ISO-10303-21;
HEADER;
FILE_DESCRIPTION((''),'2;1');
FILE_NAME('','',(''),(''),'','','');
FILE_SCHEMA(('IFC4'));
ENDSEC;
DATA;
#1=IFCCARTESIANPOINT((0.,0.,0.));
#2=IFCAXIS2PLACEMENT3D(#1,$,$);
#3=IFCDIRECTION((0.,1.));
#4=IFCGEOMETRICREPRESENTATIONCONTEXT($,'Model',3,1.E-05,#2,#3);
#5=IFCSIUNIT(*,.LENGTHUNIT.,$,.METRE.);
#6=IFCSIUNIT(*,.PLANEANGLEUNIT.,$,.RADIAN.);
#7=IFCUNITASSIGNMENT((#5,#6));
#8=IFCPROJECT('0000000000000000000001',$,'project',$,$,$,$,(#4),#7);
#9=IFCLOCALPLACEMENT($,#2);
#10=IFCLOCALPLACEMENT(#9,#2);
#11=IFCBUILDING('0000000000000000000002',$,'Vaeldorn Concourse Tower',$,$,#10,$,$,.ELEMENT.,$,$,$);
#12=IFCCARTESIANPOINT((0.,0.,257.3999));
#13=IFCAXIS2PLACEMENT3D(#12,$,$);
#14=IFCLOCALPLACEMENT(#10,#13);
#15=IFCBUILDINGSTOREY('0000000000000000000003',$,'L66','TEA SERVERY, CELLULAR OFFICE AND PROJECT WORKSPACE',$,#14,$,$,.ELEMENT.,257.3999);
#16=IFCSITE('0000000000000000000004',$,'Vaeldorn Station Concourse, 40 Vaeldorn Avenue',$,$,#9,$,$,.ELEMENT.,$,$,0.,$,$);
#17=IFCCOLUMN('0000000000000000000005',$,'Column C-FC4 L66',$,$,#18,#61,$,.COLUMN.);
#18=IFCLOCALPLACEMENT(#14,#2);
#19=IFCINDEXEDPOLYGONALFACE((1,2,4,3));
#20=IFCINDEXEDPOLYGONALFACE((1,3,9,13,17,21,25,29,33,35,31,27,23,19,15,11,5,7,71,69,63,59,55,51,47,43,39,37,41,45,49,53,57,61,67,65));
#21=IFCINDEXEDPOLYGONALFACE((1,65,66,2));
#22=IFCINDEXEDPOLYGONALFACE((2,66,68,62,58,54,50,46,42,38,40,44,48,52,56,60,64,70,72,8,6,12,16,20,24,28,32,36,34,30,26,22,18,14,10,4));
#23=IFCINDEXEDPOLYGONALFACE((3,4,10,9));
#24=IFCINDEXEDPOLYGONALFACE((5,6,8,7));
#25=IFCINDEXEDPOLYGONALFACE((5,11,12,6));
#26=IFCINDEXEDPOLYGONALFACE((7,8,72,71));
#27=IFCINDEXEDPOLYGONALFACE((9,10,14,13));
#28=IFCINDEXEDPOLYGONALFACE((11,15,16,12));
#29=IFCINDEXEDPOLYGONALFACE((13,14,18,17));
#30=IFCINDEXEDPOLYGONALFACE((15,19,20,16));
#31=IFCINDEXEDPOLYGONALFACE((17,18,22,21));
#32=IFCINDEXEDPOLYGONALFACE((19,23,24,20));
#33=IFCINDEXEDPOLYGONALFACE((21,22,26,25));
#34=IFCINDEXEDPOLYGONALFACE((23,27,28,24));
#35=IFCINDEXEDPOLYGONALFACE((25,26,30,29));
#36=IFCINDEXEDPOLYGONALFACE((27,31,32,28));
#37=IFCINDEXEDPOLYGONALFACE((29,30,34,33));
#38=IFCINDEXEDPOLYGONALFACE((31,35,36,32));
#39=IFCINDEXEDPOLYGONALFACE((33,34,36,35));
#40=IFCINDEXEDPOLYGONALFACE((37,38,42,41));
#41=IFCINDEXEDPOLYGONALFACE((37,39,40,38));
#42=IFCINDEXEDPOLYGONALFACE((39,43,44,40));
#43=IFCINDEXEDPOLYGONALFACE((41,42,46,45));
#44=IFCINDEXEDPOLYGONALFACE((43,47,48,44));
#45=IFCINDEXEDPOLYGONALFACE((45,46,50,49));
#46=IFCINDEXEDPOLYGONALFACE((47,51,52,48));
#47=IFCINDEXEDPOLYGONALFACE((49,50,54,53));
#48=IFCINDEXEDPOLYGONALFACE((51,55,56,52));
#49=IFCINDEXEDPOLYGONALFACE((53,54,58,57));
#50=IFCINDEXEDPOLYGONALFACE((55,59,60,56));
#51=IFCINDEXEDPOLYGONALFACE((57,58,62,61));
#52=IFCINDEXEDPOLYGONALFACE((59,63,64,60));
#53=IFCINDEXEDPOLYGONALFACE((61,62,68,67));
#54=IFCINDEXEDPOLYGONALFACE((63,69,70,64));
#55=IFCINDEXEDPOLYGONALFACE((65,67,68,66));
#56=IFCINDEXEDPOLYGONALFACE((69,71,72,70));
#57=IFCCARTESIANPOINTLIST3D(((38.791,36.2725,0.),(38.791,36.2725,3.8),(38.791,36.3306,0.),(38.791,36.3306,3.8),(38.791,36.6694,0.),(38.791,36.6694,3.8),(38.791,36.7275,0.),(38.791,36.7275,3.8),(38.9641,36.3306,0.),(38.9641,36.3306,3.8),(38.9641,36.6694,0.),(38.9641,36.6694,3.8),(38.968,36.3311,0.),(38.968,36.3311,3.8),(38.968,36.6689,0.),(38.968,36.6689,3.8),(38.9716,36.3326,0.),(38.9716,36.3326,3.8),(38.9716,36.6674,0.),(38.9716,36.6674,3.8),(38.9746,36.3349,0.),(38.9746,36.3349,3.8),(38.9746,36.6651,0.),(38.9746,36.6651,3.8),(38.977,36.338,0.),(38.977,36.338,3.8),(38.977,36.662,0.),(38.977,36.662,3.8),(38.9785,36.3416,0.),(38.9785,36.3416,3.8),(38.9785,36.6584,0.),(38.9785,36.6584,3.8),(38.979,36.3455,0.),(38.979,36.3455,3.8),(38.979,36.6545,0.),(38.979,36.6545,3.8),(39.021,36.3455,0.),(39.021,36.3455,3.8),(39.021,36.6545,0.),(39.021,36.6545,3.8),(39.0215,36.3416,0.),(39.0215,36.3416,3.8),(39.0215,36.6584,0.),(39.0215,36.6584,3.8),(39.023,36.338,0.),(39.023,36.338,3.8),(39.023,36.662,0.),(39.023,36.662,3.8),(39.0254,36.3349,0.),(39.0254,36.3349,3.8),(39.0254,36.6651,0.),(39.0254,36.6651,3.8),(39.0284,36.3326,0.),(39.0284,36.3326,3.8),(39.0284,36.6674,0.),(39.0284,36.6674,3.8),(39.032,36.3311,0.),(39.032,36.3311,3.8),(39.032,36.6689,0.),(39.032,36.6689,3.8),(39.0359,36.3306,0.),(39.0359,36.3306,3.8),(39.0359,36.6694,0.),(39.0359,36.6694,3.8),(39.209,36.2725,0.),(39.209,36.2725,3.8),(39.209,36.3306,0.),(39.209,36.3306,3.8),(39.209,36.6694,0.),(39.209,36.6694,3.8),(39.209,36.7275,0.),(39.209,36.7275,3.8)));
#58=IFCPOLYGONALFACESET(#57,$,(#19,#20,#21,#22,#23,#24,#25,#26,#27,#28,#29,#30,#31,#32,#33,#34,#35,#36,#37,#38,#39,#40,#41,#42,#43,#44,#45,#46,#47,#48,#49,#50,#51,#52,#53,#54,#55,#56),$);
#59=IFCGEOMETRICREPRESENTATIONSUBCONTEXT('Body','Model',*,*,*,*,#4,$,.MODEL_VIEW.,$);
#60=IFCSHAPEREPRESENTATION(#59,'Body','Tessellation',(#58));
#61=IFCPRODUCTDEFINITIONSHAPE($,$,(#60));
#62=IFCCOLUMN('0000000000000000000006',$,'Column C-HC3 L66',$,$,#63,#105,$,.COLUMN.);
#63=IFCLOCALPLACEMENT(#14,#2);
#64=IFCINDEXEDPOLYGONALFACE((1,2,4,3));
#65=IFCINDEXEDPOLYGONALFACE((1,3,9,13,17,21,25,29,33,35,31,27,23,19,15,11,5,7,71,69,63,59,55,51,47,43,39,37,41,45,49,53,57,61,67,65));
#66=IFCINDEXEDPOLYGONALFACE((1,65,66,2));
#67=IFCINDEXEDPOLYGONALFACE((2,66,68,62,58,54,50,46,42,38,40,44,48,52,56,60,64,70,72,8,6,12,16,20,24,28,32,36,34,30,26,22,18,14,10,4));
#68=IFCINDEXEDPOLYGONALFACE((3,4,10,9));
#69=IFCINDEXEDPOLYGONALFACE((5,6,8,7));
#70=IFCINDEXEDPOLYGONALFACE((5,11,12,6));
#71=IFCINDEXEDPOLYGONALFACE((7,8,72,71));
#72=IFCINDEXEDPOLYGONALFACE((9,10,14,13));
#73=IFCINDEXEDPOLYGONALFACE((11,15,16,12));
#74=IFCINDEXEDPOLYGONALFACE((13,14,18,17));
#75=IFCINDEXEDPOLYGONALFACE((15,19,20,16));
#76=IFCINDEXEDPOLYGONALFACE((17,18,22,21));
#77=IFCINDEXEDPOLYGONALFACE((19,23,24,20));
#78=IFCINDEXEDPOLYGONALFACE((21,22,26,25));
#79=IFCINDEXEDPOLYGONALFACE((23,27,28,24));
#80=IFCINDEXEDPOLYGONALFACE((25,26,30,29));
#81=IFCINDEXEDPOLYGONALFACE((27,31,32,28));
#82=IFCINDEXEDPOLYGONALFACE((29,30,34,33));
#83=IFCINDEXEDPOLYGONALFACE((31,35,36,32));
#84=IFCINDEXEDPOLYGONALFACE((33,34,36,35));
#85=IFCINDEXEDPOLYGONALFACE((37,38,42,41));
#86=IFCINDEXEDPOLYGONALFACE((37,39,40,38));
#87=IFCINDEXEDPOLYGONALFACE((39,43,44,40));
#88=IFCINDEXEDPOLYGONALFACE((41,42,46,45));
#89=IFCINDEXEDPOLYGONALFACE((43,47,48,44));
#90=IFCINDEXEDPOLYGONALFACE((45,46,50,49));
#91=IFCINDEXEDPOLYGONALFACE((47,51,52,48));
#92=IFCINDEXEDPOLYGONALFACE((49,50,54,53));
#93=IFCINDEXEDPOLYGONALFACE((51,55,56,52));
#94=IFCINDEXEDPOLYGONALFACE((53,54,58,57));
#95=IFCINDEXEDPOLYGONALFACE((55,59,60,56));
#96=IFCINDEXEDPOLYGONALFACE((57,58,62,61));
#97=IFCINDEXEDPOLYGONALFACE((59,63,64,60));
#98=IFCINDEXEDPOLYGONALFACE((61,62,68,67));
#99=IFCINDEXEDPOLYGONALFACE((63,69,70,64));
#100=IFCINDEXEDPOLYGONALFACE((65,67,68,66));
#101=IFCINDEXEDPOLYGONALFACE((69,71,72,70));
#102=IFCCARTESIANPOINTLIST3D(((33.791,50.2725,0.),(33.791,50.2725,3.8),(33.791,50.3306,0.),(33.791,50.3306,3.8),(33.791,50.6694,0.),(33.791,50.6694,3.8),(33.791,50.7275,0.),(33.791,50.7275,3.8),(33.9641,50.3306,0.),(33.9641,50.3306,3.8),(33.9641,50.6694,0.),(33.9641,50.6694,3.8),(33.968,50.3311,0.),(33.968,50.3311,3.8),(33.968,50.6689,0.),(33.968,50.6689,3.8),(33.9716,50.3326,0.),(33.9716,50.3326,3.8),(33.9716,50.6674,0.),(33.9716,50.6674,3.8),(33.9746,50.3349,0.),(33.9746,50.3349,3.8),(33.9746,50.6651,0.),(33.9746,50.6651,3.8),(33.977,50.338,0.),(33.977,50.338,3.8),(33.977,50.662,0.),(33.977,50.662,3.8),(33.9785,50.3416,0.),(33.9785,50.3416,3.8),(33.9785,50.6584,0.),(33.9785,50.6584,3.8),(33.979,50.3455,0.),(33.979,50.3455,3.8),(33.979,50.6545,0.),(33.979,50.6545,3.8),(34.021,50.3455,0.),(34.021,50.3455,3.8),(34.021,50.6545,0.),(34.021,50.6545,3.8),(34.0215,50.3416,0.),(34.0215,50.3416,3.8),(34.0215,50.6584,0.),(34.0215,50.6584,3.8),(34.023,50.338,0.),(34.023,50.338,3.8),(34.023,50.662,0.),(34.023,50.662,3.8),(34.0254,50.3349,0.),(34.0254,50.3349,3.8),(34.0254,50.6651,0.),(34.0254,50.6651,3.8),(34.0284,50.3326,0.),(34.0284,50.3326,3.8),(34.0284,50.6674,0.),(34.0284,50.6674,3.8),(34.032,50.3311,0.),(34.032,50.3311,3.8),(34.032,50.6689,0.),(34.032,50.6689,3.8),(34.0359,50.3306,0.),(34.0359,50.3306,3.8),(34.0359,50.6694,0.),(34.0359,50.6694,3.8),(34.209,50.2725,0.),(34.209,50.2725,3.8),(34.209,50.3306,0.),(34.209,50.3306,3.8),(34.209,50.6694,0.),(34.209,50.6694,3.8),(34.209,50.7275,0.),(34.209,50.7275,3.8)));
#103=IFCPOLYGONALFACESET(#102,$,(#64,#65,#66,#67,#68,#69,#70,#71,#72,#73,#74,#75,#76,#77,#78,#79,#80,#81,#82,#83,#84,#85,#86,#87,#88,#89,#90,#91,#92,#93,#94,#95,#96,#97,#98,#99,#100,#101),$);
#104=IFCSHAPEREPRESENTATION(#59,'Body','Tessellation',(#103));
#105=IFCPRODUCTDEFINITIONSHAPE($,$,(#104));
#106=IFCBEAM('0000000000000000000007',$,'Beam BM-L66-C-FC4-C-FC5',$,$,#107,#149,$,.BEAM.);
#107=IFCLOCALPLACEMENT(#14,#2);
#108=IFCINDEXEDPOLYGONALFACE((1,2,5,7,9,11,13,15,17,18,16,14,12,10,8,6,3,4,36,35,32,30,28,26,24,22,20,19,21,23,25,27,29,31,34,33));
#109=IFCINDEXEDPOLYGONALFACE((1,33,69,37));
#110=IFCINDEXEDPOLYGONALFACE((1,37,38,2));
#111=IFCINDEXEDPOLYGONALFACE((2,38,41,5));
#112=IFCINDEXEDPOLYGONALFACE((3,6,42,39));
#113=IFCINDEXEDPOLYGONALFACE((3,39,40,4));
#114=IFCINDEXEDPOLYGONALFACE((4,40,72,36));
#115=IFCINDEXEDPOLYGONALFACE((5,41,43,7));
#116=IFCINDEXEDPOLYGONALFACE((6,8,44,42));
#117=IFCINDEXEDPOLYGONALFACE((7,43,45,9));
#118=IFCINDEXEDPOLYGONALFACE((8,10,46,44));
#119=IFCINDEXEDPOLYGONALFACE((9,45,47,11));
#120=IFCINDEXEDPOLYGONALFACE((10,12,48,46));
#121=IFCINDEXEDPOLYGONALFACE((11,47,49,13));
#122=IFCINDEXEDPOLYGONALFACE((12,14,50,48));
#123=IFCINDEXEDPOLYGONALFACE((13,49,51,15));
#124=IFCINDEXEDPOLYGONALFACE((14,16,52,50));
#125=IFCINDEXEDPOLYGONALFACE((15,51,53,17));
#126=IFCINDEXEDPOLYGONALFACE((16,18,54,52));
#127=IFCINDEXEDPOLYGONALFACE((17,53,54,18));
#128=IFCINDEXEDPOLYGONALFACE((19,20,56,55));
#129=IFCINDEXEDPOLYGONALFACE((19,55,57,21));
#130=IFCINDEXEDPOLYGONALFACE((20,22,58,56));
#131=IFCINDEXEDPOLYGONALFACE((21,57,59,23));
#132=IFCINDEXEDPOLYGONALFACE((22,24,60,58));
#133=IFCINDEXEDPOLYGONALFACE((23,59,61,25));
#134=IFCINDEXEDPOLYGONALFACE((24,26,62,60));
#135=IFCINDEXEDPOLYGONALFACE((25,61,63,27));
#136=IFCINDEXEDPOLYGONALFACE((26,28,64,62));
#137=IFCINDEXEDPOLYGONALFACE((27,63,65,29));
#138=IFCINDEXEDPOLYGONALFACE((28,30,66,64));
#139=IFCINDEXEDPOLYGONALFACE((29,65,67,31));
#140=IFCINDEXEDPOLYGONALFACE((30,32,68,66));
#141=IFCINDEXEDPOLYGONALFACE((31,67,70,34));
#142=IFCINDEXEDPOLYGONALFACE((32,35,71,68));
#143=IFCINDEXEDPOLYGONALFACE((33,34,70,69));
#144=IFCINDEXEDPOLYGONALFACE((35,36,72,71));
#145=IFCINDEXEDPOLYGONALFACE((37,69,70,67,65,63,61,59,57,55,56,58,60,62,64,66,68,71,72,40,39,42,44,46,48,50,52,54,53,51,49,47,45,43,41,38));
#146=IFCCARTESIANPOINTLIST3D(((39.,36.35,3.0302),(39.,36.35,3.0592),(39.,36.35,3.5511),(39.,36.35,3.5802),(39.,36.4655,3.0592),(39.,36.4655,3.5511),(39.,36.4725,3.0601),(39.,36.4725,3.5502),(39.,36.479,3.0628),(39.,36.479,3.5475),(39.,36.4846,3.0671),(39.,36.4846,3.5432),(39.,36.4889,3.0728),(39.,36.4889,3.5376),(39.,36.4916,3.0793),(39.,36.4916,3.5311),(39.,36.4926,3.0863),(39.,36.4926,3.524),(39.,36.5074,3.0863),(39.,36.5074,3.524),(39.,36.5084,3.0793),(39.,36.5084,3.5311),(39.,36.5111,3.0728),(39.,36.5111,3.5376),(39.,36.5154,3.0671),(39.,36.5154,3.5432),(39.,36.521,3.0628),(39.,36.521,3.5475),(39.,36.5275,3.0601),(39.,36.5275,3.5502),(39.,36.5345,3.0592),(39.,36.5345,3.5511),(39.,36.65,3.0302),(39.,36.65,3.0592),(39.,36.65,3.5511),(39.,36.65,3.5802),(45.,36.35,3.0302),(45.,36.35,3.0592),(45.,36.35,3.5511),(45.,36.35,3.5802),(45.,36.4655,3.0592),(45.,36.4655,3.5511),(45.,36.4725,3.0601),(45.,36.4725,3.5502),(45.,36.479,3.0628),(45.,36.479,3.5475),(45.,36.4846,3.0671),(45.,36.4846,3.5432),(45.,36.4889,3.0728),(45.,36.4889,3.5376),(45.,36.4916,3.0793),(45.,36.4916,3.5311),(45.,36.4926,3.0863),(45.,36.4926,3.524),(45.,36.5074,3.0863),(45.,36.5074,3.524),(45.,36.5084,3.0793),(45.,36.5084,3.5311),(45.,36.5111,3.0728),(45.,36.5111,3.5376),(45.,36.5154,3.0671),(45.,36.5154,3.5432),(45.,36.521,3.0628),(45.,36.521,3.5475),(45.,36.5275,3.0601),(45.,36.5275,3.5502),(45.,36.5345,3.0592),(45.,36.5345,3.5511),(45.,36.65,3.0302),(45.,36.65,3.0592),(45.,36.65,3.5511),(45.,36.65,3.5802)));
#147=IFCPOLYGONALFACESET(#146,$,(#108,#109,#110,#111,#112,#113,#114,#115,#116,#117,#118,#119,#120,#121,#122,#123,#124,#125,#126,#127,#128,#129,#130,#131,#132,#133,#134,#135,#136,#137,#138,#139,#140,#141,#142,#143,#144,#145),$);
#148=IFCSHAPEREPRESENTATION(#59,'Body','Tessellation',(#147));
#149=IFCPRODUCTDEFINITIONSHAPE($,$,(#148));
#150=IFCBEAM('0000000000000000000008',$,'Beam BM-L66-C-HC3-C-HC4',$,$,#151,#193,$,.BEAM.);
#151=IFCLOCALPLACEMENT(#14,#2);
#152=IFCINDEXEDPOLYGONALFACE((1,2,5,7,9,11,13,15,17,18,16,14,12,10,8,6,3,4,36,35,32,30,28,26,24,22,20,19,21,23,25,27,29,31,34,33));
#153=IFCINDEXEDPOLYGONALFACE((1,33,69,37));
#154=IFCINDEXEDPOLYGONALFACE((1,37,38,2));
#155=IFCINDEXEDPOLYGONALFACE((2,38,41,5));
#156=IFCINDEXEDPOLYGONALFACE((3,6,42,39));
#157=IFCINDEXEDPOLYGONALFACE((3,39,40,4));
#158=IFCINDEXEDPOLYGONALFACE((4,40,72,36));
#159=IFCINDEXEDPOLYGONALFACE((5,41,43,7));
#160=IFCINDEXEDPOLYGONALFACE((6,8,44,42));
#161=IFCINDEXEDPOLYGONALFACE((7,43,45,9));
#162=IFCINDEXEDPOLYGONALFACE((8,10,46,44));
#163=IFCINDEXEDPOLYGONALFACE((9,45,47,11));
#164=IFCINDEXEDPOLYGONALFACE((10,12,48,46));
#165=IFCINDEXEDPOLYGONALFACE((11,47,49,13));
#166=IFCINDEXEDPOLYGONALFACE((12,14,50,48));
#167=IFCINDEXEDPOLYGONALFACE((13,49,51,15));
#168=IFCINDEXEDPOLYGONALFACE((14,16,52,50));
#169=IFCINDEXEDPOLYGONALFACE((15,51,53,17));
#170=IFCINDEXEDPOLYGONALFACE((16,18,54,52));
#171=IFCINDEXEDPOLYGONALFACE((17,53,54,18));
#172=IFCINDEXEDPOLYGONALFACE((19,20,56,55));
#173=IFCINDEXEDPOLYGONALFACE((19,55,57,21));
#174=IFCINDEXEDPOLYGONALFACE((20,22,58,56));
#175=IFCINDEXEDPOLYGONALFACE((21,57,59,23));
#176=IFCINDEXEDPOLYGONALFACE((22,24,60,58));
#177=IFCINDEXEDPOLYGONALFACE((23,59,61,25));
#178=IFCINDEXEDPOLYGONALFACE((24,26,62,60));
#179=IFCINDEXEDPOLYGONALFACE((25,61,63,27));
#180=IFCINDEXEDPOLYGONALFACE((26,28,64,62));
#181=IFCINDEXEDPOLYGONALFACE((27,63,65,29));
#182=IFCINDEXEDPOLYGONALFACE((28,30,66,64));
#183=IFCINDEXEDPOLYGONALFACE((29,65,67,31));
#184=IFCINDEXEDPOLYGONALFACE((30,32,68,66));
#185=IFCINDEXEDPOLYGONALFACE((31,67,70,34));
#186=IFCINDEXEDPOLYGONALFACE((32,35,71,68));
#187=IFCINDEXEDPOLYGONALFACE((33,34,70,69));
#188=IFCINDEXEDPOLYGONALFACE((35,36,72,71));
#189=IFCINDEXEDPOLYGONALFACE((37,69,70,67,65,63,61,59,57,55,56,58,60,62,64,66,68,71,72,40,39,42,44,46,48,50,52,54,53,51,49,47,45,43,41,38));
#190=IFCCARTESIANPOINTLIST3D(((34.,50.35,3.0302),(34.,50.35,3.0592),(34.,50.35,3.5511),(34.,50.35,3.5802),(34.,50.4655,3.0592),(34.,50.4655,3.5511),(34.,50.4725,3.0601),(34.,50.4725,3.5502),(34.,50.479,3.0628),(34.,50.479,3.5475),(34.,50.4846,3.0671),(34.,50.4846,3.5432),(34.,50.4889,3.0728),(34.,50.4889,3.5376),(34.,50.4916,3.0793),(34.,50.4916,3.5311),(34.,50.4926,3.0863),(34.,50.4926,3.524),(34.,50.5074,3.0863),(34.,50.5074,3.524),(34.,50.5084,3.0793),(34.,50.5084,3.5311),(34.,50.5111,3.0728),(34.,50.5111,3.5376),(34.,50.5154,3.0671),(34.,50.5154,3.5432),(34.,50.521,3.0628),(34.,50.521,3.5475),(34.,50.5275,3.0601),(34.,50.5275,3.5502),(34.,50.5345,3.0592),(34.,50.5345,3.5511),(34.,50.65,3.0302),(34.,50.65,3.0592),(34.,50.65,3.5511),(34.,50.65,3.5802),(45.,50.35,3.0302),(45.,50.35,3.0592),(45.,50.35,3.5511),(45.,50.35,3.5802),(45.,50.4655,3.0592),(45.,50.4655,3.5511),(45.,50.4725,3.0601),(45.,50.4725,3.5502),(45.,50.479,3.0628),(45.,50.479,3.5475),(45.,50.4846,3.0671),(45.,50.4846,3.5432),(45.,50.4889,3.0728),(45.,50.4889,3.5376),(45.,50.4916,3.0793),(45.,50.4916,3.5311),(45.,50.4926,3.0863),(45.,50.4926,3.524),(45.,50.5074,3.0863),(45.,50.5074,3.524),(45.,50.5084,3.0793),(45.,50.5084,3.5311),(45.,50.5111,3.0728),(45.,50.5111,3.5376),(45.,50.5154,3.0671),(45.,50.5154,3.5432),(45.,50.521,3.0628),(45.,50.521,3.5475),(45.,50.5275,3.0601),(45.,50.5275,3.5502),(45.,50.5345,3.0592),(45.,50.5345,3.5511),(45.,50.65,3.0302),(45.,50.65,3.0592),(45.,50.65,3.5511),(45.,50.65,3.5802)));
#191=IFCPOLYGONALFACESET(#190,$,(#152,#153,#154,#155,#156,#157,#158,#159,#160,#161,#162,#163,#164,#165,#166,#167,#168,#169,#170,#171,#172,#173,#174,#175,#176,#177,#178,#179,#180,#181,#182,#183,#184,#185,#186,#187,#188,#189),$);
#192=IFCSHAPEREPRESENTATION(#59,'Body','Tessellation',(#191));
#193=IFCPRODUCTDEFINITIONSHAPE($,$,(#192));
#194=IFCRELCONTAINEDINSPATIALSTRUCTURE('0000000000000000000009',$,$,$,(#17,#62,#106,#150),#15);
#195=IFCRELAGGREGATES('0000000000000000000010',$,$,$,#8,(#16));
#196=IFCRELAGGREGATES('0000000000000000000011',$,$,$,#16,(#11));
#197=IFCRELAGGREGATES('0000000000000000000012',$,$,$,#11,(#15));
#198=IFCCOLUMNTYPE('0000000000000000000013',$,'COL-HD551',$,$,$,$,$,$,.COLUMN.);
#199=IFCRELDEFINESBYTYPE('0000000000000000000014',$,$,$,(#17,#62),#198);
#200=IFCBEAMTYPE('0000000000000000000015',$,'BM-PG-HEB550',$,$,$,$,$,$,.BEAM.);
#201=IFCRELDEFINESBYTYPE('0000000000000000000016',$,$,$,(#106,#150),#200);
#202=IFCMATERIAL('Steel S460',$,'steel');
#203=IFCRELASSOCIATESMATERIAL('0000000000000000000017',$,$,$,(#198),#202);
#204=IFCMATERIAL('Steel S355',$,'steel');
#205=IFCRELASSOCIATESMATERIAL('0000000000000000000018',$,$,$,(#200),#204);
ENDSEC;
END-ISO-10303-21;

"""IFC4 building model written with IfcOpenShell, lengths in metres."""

from ifc_helpers import new_model, si_unit, direction, frame, origin, origin_2d, place, context, subcontext, project, spatial, i_section, extrude, source, transform, mapped, material, material_profile, profile_set, type_object, element, save


model = new_model("IFC4")

# Units and contexts
model_context = context("Model", 3, precision=1e-05, world=origin(), true_north=direction((0.0, 1.0)))
body_context = subcontext(model_context, "Body", "Model", "MODEL_VIEW")
ifc_project = project(units=[si_unit("LENGTHUNIT", "METRE"), si_unit("PLANEANGLEUNIT", "RADIAN")], contexts=[model_context])

# Site, building, storey
site_placement = place(None, origin())
site = spatial("IfcSite", under=ifc_project, at=site_placement, Name="Vaeldorn Station Concourse, 40 Vaeldorn Avenue", CompositionType="ELEMENT", RefElevation=0.0)
building_placement = place(site_placement, origin())
building = spatial("IfcBuilding", under=site, at=building_placement, Name="Vaeldorn Concourse Tower", CompositionType="ELEMENT")
storey_placement = place(building_placement, frame((0.0, 0.0, 257.3999)))
storey = spatial("IfcBuildingStorey", under=building, at=storey_placement, Name="L66", Description="TEA SERVERY, CELLULAR OFFICE AND PROJECT WORKSPACE", CompositionType="ELEMENT", Elevation=257.3999)

# Columns
ifc_material_1 = material(Name="Steel S460", Category="steel")
ifc_material_profile_1 = material_profile(ifc_material_1, i_section(OverallWidth=0.418, OverallDepth=0.4551, WebThickness=0.042, FlangeThickness=0.0581, FilletRadius=0.0149, at=origin_2d()), Name="HD 400x551")
ifc_profile_set_1 = profile_set([ifc_material_profile_1], Name="Steel S460")
column_type = type_object("IfcColumnType", Name="COL-HD551", PredefinedType="COLUMN", material=ifc_profile_set_1)
shared_shape_1 = source(origin(), body_context, "Body", "SweptSolid", [
    extrude(i_section(OverallWidth=0.418, OverallDepth=0.4551, WebThickness=0.042, FlangeThickness=0.0581, FilletRadius=0.0149, at=origin_2d()), origin(), (0.0, 0.0, 1.0), 3.8),
])
for number, where, z_axis, x_axis, name in (
    (1, (39.0, 36.5, 0.0), (0.0, 0.0, 1.0), (1.0, 0.0, 0.0), "Column C-FC4 L66"),
    (2, (34.0, 50.5, 0.0), (0.0, 0.0, 1.0), (1.0, 0.0, 0.0), "Column C-HC3 L66"),
):
    element("IfcColumn", number, at=place(storey_placement, frame(where, z_axis=z_axis, x_axis=x_axis)), inside=storey, type_object=column_type, Name=name, PredefinedType="COLUMN", context=body_context, shape_type="MappedRepresentation", body=[
        mapped(shared_shape_1, transform((0.0, 0.0, 0.0), scale=1.0)),
    ])

# Beams
ifc_material_2 = material(Name="Steel S355", Category="steel")
ifc_material_profile_2 = material_profile(ifc_material_2, i_section(OverallWidth=0.3, OverallDepth=0.55, WebThickness=0.0149, FlangeThickness=0.0291, FilletRadius=0.0271, at=origin_2d()), Name="HEB 550")
ifc_profile_set_2 = profile_set([ifc_material_profile_2], Name="Steel S355")
beam_type = type_object("IfcBeamType", Name="BM-PG-HEB550", PredefinedType="BEAM", material=ifc_profile_set_2)
shared_shape_2 = source(origin(), body_context, "Body", "SweptSolid", [
    extrude(i_section(OverallWidth=0.3, OverallDepth=0.55, WebThickness=0.0149, FlangeThickness=0.0291, FilletRadius=0.0271, at=origin_2d()), origin(), (0.0, 0.0, 1.0), 6.0),
])
beam_1_placement = place(storey_placement, frame((39.0, 36.5, 3.3052), z_axis=(1.0, 0.0, 0.0), x_axis=(0.0, 1.0, 0.0)))
element("IfcBeam", 3, at=beam_1_placement, inside=storey, type_object=beam_type, Name="Beam BM-L66-C-FC4-C-FC5", PredefinedType="BEAM", context=body_context, shape_type="MappedRepresentation", body=[
    mapped(shared_shape_2, transform((0.0, 0.0, 0.0), scale=1.0)),
])
shared_shape_3 = source(origin(), body_context, "Body", "SweptSolid", [
    extrude(i_section(OverallWidth=0.3, OverallDepth=0.55, WebThickness=0.0149, FlangeThickness=0.0291, FilletRadius=0.0271, at=origin_2d()), origin(), (0.0, 0.0, 1.0), 11.0),
])
beam_2_placement = place(storey_placement, frame((34.0, 50.5, 3.3052), z_axis=(1.0, 0.0, 0.0), x_axis=(0.0, 1.0, 0.0)))
element("IfcBeam", 4, at=beam_2_placement, inside=storey, type_object=beam_type, Name="Beam BM-L66-C-HC3-C-HC4", PredefinedType="BEAM", context=body_context, shape_type="MappedRepresentation", body=[
    mapped(shared_shape_3, transform((0.0, 0.0, 0.0), scale=1.0)),
])

save(model, "model.ifc")
